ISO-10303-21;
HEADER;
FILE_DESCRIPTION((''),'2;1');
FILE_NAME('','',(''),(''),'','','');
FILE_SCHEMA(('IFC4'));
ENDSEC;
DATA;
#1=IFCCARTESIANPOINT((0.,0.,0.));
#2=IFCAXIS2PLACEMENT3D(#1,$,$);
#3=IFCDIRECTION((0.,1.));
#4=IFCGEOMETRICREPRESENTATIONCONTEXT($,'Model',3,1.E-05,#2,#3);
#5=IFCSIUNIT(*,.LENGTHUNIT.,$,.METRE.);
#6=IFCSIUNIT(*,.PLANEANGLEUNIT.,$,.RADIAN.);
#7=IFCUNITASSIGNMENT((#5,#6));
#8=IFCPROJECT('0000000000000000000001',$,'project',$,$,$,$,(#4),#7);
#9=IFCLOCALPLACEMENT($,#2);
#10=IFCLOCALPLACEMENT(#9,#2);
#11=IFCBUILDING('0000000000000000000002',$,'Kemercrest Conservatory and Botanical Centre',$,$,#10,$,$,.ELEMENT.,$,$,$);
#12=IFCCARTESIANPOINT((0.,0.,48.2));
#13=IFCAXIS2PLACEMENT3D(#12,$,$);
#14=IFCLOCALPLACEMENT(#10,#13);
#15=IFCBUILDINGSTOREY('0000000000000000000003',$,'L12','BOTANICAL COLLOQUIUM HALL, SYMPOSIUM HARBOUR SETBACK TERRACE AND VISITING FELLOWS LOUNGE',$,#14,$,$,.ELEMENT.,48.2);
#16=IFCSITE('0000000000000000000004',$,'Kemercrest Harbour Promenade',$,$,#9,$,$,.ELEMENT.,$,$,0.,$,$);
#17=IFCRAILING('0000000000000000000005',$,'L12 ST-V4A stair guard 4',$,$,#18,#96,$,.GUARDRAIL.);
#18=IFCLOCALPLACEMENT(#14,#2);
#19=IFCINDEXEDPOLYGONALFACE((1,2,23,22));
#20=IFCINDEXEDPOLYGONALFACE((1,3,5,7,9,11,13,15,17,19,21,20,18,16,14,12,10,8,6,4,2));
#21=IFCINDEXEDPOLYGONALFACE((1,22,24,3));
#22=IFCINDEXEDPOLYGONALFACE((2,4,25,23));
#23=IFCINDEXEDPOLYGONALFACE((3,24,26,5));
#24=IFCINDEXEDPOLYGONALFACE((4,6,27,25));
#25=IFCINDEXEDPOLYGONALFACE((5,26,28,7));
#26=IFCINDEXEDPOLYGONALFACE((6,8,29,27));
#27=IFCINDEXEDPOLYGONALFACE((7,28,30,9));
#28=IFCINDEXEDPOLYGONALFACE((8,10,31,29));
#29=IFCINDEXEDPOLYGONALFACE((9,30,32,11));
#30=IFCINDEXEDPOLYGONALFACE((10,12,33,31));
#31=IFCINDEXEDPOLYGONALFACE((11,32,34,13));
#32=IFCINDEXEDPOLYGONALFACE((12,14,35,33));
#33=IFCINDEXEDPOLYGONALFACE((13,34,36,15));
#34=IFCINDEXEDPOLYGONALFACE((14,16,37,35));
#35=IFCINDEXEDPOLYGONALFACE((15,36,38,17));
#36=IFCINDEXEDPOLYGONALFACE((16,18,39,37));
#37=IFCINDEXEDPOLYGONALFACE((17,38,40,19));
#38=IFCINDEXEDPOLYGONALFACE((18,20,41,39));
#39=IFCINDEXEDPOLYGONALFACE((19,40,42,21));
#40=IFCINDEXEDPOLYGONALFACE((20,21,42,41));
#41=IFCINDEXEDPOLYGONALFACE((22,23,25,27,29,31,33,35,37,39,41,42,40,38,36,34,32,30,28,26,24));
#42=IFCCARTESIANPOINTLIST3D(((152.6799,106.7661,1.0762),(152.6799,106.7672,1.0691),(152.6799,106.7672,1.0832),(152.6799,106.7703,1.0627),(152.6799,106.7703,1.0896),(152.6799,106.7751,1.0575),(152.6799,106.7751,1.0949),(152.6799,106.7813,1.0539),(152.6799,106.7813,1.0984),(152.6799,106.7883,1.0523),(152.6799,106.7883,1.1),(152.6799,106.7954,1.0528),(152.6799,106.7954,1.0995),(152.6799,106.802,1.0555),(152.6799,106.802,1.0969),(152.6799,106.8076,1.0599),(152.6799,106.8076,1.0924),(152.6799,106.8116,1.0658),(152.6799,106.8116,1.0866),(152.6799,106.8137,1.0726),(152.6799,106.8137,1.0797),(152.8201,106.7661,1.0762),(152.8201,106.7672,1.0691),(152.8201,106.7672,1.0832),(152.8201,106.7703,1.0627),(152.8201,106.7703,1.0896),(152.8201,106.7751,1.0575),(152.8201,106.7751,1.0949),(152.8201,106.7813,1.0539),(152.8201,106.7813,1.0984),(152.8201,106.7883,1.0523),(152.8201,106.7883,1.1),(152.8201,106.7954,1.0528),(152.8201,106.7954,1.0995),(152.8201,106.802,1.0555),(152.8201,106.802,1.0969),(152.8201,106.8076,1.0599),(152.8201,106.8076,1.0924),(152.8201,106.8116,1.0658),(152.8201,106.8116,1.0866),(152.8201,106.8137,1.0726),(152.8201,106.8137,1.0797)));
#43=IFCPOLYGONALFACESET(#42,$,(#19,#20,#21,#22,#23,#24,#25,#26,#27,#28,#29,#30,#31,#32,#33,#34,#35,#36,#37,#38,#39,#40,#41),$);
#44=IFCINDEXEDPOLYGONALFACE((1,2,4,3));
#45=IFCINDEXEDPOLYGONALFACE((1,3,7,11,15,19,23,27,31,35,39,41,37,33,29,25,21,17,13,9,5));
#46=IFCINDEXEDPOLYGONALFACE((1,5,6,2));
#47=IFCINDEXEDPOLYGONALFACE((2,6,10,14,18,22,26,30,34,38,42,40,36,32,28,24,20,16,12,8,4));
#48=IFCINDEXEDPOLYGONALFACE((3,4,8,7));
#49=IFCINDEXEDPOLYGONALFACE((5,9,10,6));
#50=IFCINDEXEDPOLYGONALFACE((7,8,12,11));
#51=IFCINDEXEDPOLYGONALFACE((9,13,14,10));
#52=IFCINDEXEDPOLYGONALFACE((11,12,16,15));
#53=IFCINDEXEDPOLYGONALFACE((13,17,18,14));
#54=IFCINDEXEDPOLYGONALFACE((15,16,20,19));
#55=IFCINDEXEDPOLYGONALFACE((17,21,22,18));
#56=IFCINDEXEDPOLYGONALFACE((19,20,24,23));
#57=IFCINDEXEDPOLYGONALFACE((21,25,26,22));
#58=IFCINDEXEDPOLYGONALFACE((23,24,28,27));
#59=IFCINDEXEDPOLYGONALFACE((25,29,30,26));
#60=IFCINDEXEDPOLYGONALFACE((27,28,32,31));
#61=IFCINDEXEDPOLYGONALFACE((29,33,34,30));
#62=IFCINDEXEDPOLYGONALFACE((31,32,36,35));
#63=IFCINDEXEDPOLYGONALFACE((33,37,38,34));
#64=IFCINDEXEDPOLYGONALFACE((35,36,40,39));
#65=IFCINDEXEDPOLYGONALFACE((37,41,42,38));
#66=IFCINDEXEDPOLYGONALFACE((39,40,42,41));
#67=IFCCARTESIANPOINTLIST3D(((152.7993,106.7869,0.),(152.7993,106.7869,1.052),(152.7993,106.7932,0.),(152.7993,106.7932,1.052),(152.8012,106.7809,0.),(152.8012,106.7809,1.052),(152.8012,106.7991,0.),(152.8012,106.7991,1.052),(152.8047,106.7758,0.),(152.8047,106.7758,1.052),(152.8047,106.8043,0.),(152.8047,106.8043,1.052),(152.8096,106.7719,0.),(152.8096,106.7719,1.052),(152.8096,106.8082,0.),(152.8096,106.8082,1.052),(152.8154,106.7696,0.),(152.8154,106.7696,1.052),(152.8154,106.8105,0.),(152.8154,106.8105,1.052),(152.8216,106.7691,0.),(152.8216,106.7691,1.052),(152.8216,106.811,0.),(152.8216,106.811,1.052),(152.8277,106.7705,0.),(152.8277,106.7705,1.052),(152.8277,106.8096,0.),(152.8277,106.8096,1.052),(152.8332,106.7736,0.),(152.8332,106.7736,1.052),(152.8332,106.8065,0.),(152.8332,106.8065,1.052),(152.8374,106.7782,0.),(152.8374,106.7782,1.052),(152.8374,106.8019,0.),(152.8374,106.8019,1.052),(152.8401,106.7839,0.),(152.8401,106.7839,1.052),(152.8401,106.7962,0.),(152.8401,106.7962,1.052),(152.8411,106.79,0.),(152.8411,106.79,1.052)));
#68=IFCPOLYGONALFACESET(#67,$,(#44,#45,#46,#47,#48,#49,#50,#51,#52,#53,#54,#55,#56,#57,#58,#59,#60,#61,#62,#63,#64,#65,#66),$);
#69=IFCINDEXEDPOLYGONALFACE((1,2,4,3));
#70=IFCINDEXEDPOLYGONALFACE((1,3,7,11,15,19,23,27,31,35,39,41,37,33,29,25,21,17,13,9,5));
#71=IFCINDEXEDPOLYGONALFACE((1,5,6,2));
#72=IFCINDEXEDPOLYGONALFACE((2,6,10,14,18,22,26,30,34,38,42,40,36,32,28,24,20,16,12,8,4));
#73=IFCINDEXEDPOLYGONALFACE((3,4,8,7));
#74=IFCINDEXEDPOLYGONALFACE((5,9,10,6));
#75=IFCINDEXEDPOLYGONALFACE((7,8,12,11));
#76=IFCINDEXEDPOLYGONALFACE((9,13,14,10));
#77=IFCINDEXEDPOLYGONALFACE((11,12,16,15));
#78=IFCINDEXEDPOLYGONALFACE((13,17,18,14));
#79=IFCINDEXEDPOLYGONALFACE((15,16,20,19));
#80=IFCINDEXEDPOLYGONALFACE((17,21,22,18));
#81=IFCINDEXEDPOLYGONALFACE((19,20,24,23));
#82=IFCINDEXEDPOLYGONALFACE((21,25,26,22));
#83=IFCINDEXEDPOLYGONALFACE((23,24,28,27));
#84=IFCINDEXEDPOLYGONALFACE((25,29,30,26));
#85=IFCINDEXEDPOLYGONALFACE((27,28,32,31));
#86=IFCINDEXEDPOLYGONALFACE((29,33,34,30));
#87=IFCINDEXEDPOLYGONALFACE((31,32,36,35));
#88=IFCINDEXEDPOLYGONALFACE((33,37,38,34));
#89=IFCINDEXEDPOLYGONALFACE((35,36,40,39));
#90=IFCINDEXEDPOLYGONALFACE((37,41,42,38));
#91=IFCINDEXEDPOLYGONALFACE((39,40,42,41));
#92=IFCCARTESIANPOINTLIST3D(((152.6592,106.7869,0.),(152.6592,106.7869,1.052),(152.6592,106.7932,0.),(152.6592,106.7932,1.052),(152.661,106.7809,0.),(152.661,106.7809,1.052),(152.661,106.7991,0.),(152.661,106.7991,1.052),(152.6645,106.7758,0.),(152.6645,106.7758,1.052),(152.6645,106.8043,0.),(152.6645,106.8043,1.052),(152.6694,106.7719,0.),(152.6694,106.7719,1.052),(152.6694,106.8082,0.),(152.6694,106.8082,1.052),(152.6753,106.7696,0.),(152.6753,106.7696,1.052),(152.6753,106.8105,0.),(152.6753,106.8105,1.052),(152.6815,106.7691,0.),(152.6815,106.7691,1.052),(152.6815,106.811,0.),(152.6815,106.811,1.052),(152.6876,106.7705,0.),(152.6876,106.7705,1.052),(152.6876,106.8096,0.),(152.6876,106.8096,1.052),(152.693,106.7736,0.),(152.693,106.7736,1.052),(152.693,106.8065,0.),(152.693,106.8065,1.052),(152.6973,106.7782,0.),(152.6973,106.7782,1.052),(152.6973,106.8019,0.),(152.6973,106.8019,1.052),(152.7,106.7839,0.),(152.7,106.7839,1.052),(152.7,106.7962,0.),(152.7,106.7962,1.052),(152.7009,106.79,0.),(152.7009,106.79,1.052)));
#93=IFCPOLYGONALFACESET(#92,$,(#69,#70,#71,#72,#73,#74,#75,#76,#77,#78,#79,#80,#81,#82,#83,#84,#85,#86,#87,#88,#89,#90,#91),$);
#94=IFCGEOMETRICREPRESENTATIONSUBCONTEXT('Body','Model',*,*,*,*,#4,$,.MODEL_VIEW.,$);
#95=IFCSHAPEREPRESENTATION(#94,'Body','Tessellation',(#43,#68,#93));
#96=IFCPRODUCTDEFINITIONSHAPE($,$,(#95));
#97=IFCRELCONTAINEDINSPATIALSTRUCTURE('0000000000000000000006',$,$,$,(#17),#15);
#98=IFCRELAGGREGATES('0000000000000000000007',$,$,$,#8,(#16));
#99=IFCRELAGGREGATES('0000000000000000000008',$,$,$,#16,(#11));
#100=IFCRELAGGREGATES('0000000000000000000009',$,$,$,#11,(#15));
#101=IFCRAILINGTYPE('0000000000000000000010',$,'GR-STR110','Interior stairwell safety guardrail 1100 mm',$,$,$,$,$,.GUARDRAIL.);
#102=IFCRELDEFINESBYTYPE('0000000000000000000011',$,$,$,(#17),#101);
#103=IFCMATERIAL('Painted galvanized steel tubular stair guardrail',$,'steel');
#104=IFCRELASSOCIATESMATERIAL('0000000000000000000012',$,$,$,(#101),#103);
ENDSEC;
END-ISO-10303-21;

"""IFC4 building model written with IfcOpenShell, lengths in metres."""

from ifc_helpers import new_model, si_unit, direction, frame, origin, origin_2d, place, context, subcontext, project, spatial, circle, extrude, material, type_object, element, save


model = new_model("IFC4")

# Units and contexts
model_context = context("Model", 3, precision=1e-05, world=origin(), true_north=direction((0.0, 1.0)))
body_context = subcontext(model_context, "Body", "Model", "MODEL_VIEW")
ifc_project = project(units=[si_unit("LENGTHUNIT", "METRE"), si_unit("PLANEANGLEUNIT", "RADIAN")], contexts=[model_context])

# Site, building, storey
site_placement = place(None, origin())
site = spatial("IfcSite", under=ifc_project, at=site_placement, Name="Kemercrest Harbour Promenade", CompositionType="ELEMENT", RefElevation=0.0)
building_placement = place(site_placement, origin())
building = spatial("IfcBuilding", under=site, at=building_placement, Name="Kemercrest Conservatory and Botanical Centre", CompositionType="ELEMENT")
storey_placement = place(building_placement, frame((0.0, 0.0, 48.2)))
storey = spatial("IfcBuildingStorey", under=building, at=storey_placement, Name="L12", Description="BOTANICAL COLLOQUIUM HALL, SYMPOSIUM HARBOUR SETBACK TERRACE AND VISITING FELLOWS LOUNGE", CompositionType="ELEMENT", Elevation=48.2)

# Railing
ifc_material_1 = material(Name="Painted galvanized steel tubular stair guardrail", Category="steel")
railing_type_1 = type_object("IfcRailingType", Name="GR-STR110", Description="Interior stairwell safety guardrail 1100 mm", PredefinedType="GUARDRAIL", material=ifc_material_1)
railing_1_placement = place(storey_placement, frame((152.8201, 106.79, 0.0)))
element("IfcRailing", 1, at=railing_1_placement, inside=storey, type_object=railing_type_1, Name="L12 ST-V4A stair guard 4", PredefinedType="GUARDRAIL", context=body_context, shape_type="SweptSolid", body=[
    extrude(circle(Radius=0.0239, at=origin_2d()), frame((0.0, 0.0, 1.0762), z_axis=(-1.0, 0.0, 0.0), x_axis=(0.0, -1.0, 0.0)), (0.0, 0.0, 1.0), 0.1401),
    extrude(circle(Radius=0.021, at=origin_2d()), origin(), (0.0, 0.0, 1.0), 1.052),
    extrude(circle(Radius=0.021, at=origin_2d()), frame((-0.1401, 0.0, 0.0)), (0.0, 0.0, 1.0), 1.052),
])

save(model, "model.ifc")
